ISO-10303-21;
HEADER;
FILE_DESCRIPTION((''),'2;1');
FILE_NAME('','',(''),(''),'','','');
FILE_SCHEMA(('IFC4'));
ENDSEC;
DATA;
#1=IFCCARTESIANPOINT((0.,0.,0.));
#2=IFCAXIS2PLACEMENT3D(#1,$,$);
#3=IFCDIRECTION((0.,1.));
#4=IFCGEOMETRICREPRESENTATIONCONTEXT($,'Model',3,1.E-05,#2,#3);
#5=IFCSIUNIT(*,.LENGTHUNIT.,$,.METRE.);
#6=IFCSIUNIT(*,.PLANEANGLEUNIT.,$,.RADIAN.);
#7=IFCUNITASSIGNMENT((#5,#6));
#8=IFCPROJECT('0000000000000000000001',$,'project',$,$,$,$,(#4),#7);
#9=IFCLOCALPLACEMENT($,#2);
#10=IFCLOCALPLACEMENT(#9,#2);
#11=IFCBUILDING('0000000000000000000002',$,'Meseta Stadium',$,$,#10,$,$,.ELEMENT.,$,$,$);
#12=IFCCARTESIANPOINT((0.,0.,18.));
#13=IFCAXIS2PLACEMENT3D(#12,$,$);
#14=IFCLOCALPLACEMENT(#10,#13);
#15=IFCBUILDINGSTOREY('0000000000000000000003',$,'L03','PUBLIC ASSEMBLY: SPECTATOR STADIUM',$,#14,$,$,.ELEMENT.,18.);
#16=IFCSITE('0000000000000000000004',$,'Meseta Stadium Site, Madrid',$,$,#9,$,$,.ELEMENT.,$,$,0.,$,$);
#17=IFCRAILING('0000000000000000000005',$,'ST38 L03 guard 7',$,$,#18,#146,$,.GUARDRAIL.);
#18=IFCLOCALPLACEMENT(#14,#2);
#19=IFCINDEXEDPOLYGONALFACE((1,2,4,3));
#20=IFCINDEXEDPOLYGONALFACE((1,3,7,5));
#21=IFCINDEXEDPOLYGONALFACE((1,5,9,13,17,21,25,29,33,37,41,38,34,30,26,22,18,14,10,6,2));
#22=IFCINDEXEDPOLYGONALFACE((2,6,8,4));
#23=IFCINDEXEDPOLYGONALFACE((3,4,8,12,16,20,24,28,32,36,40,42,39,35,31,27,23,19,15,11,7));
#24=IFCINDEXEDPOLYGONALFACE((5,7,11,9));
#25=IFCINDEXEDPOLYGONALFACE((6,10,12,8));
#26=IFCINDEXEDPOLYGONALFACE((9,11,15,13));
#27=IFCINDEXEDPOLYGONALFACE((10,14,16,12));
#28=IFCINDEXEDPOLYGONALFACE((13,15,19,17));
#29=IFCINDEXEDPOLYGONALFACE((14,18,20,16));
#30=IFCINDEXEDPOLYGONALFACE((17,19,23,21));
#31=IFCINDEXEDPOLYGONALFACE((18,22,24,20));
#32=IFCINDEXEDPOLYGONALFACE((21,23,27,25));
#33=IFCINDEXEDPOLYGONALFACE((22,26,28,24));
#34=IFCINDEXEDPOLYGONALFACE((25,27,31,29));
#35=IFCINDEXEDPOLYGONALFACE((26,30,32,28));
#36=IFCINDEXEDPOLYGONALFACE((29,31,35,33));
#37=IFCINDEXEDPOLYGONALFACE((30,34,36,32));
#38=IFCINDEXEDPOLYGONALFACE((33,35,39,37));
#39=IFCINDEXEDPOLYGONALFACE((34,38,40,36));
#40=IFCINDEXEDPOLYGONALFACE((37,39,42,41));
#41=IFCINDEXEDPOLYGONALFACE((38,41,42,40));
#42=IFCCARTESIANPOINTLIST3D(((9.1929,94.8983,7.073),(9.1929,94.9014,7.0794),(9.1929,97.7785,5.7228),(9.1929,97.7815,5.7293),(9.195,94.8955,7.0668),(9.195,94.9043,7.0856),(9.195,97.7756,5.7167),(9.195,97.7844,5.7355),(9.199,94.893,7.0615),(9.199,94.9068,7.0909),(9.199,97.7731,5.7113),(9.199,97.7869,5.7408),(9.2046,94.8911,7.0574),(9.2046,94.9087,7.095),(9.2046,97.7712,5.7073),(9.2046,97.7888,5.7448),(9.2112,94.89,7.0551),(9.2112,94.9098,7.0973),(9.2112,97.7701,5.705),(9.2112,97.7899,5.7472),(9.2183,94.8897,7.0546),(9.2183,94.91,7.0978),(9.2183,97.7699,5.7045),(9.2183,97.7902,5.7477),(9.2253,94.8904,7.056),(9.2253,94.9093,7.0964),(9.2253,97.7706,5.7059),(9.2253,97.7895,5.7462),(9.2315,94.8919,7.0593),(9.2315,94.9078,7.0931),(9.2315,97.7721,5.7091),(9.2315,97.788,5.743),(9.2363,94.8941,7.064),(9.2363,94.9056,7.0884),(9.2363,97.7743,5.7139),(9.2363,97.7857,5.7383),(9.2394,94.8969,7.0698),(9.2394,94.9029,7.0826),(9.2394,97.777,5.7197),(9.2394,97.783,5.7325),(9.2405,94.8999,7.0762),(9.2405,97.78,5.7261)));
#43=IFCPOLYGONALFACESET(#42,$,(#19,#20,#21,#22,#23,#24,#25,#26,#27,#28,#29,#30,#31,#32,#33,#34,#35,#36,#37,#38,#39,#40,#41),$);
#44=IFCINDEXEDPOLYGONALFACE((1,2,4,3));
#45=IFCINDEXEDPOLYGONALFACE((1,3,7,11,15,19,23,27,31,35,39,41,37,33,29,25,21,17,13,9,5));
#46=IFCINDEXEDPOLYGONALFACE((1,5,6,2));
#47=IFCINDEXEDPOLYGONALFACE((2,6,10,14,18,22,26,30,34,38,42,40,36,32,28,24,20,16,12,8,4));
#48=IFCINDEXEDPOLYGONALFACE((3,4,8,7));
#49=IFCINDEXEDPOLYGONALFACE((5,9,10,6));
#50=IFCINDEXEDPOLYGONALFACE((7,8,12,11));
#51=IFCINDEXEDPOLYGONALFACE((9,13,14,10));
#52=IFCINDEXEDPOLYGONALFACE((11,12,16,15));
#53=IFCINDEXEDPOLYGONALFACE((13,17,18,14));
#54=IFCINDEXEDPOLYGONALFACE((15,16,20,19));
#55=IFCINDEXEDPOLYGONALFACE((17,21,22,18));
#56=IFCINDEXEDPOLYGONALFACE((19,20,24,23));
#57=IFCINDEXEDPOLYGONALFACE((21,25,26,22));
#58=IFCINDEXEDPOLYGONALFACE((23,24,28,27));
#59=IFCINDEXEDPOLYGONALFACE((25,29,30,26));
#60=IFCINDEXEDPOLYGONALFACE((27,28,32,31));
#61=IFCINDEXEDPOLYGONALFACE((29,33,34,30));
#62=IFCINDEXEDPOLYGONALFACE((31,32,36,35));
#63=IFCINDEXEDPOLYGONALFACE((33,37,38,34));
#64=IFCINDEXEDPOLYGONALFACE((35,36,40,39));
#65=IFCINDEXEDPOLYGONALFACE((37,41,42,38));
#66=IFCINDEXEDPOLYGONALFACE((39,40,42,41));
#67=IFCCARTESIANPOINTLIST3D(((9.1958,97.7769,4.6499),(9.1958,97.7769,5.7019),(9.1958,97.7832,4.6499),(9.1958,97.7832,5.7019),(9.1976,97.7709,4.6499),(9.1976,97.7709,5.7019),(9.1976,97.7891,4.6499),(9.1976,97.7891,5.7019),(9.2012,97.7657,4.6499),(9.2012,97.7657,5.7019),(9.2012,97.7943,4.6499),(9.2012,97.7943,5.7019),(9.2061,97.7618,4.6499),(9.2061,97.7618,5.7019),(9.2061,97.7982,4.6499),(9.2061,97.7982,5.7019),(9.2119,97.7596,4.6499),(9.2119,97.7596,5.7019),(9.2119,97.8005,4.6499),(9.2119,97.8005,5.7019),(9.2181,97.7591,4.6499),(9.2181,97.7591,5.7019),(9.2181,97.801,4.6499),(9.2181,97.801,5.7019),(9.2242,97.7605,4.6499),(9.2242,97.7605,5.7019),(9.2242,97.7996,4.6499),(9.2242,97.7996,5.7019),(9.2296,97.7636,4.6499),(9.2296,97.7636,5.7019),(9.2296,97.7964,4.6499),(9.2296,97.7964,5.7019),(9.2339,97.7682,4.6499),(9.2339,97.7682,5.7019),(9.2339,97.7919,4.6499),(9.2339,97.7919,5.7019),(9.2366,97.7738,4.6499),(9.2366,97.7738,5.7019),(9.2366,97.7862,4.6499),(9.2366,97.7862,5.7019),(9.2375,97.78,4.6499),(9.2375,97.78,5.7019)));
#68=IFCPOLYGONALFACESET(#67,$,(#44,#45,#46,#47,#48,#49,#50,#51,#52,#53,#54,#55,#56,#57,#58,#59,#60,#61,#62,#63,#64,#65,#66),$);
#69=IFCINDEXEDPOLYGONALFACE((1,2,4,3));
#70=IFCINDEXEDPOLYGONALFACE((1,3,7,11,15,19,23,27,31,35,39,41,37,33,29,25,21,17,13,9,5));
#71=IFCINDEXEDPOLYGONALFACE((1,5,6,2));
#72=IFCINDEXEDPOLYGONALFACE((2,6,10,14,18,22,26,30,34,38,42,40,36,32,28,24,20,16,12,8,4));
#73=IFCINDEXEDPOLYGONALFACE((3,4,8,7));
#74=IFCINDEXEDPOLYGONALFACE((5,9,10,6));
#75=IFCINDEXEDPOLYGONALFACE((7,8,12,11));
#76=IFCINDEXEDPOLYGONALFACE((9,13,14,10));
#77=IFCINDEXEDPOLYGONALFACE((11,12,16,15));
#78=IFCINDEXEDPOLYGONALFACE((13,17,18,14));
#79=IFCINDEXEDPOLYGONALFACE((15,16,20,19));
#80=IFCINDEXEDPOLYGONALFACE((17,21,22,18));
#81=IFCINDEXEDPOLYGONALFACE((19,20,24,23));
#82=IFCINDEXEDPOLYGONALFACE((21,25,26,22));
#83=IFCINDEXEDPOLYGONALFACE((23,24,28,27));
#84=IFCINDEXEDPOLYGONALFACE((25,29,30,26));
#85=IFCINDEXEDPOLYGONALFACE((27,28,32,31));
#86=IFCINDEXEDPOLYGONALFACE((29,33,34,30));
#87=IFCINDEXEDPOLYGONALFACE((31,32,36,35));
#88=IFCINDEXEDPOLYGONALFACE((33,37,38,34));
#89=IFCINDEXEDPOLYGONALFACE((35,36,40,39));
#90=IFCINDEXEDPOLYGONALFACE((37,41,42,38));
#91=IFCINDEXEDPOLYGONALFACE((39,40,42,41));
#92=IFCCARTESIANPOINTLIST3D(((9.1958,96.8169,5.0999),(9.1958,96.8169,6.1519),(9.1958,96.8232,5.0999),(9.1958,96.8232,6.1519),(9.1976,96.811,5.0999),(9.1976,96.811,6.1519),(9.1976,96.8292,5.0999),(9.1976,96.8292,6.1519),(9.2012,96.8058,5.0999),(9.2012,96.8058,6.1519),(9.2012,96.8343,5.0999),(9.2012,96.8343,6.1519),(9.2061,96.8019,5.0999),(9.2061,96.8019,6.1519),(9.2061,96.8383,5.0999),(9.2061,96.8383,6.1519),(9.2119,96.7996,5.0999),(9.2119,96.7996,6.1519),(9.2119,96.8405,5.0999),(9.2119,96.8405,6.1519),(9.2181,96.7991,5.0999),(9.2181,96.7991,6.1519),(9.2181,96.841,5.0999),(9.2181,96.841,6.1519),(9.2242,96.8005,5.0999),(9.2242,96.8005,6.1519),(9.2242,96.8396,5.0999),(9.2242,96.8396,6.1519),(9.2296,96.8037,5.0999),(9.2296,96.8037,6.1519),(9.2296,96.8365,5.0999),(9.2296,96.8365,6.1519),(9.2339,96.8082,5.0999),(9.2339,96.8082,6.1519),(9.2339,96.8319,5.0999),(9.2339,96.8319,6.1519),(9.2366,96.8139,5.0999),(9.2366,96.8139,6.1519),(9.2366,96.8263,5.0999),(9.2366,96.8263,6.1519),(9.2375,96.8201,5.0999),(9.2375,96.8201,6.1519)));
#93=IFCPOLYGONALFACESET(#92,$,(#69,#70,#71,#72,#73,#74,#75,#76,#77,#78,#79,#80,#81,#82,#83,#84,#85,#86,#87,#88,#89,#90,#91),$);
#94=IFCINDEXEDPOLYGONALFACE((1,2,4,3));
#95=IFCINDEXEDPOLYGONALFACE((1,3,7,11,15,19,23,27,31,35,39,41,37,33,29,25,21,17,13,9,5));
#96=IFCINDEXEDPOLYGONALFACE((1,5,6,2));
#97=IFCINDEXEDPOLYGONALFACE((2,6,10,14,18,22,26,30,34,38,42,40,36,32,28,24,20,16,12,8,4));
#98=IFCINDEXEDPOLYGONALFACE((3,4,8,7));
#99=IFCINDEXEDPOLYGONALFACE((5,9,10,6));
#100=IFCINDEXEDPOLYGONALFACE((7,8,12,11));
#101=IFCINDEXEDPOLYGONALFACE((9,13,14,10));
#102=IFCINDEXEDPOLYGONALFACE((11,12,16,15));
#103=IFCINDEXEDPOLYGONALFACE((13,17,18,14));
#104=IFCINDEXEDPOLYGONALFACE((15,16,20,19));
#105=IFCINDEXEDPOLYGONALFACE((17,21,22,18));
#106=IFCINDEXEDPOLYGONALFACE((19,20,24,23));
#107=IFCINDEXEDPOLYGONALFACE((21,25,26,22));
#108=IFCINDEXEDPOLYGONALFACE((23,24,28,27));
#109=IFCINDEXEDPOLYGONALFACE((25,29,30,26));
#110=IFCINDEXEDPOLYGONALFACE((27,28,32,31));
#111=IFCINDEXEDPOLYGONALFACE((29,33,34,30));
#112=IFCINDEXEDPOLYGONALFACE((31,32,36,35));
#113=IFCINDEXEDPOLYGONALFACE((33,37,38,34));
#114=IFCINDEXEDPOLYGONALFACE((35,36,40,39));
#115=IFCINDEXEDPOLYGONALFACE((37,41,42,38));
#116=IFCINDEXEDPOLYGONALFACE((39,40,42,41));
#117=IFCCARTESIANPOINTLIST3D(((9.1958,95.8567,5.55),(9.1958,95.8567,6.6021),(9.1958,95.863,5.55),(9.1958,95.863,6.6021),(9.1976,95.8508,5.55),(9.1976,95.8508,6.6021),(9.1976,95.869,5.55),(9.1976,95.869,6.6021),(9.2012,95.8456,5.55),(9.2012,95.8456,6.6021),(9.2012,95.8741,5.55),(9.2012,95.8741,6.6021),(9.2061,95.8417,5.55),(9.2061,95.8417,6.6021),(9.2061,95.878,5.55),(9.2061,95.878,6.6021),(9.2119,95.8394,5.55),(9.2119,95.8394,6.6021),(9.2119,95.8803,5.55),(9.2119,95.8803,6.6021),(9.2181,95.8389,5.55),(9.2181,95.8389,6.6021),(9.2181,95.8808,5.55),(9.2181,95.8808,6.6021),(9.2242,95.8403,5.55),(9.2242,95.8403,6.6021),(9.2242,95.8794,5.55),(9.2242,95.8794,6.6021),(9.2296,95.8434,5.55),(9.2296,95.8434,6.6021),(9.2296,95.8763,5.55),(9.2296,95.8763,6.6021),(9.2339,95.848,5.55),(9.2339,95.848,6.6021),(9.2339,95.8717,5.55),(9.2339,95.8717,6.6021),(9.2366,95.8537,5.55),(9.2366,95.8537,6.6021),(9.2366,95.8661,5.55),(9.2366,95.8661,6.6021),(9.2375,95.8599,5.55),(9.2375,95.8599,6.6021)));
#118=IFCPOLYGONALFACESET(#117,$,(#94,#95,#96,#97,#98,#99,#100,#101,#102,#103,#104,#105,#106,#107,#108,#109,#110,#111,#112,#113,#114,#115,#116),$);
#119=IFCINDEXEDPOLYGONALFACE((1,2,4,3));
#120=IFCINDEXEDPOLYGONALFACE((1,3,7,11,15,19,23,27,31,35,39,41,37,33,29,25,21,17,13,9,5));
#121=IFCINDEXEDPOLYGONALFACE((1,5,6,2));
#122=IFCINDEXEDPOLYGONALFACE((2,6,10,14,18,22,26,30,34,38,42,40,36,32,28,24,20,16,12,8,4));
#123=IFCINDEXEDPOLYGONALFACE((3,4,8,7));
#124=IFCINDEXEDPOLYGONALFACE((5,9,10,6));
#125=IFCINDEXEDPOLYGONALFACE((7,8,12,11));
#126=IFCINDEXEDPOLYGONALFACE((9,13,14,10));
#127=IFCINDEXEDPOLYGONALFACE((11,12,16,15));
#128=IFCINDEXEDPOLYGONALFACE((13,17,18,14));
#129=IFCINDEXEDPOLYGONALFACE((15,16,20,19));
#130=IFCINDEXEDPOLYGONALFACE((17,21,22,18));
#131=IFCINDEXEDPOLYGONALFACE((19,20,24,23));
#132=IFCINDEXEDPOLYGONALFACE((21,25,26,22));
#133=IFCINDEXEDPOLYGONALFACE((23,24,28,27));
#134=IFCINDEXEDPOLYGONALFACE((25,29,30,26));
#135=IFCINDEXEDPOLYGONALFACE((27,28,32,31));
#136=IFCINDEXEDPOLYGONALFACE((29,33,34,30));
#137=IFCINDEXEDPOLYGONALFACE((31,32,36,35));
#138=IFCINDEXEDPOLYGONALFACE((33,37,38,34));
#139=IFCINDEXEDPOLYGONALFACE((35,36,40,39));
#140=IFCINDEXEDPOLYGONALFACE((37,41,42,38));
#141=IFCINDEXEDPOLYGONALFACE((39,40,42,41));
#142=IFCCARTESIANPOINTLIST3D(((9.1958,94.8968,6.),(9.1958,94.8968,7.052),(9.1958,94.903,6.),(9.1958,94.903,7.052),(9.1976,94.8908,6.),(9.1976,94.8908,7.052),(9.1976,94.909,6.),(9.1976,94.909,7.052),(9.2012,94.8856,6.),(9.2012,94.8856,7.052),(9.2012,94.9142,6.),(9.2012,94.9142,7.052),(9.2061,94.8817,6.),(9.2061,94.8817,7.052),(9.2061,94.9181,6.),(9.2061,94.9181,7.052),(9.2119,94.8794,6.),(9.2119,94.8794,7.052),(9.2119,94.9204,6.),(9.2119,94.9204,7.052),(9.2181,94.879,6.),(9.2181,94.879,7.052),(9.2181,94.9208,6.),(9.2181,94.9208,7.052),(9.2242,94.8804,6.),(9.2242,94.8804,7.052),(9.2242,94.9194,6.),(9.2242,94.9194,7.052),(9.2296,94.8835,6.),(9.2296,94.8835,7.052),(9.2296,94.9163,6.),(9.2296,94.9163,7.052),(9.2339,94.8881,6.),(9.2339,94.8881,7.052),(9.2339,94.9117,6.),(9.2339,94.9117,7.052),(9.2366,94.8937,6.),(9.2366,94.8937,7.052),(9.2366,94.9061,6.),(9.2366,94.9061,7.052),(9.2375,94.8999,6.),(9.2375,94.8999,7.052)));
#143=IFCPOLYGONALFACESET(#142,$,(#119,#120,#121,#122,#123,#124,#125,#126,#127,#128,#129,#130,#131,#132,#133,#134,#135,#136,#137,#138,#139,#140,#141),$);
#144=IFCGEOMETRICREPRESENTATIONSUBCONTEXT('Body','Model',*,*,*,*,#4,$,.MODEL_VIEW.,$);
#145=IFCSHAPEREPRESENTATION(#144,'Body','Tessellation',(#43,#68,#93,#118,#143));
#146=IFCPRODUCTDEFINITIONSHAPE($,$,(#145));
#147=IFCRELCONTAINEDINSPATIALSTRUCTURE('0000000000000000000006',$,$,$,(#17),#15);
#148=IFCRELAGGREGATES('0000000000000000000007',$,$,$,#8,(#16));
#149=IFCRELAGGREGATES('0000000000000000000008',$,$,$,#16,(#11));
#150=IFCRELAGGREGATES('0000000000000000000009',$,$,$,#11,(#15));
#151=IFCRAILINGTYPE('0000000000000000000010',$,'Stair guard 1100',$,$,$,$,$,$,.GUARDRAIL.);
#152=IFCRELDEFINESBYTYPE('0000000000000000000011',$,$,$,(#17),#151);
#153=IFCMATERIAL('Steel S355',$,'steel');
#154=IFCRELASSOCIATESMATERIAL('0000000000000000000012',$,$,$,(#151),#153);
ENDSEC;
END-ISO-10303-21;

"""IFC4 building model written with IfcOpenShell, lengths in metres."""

from ifc_helpers import new_model, si_unit, direction, frame, origin, origin_2d, place, context, subcontext, project, spatial, circle, extrude, material, type_object, element, save


model = new_model("IFC4")

# Units and contexts
model_context = context("Model", 3, precision=1e-05, world=origin(), true_north=direction((0.0, 1.0)))
body_context = subcontext(model_context, "Body", "Model", "MODEL_VIEW")
ifc_project = project(units=[si_unit("LENGTHUNIT", "METRE"), si_unit("PLANEANGLEUNIT", "RADIAN")], contexts=[model_context])

# Site, building, storey
site_placement = place(None, origin())
site = spatial("IfcSite", under=ifc_project, at=site_placement, Name="Meseta Stadium Site, Madrid", CompositionType="ELEMENT", RefElevation=0.0)
building_placement = place(site_placement, origin())
building = spatial("IfcBuilding", under=site, at=building_placement, Name="Meseta Stadium", CompositionType="ELEMENT")
storey_placement = place(building_placement, frame((0.0, 0.0, 18.0)))
storey = spatial("IfcBuildingStorey", under=building, at=storey_placement, Name="L03", Description="PUBLIC ASSEMBLY: SPECTATOR STADIUM", CompositionType="ELEMENT", Elevation=18.0)

# Railing
ifc_material_1 = material(Name="Steel S355", Category="steel")
railing_type = type_object("IfcRailingType", Name="Stair guard 1100", PredefinedType="GUARDRAIL", material=ifc_material_1)
railing_1_placement = place(storey_placement, frame((9.2166, 97.78, 4.6499)))
element("IfcRailing", 1, at=railing_1_placement, inside=storey, type_object=railing_type, Name="ST38 L03 guard 7", PredefinedType="GUARDRAIL", context=body_context, shape_type="SweptSolid", body=[
    extrude(circle(Radius=0.0239, at=origin_2d()), frame((0.0, 0.0, 1.0762), z_axis=(0.0, -0.905454, 0.424444), x_axis=(1.0, 0.0, 0.0)), (0.0, 0.0, 1.0), 3.1809),
    extrude(circle(Radius=0.021, at=origin_2d()), origin(), (0.0, 0.0, 1.0), 1.052),
    extrude(circle(Radius=0.021, at=origin_2d()), frame((0.0, -0.96, 0.45)), (0.0, 0.0, 1.0), 1.052),
    extrude(circle(Radius=0.021, at=origin_2d()), frame((0.0, -1.9202, 0.9001)), (0.0, 0.0, 1.0), 1.052),
    extrude(circle(Radius=0.021, at=origin_2d()), frame((0.0, -2.8801, 1.3501)), (0.0, 0.0, 1.0), 1.052),
])

save(model, "model.ifc")
